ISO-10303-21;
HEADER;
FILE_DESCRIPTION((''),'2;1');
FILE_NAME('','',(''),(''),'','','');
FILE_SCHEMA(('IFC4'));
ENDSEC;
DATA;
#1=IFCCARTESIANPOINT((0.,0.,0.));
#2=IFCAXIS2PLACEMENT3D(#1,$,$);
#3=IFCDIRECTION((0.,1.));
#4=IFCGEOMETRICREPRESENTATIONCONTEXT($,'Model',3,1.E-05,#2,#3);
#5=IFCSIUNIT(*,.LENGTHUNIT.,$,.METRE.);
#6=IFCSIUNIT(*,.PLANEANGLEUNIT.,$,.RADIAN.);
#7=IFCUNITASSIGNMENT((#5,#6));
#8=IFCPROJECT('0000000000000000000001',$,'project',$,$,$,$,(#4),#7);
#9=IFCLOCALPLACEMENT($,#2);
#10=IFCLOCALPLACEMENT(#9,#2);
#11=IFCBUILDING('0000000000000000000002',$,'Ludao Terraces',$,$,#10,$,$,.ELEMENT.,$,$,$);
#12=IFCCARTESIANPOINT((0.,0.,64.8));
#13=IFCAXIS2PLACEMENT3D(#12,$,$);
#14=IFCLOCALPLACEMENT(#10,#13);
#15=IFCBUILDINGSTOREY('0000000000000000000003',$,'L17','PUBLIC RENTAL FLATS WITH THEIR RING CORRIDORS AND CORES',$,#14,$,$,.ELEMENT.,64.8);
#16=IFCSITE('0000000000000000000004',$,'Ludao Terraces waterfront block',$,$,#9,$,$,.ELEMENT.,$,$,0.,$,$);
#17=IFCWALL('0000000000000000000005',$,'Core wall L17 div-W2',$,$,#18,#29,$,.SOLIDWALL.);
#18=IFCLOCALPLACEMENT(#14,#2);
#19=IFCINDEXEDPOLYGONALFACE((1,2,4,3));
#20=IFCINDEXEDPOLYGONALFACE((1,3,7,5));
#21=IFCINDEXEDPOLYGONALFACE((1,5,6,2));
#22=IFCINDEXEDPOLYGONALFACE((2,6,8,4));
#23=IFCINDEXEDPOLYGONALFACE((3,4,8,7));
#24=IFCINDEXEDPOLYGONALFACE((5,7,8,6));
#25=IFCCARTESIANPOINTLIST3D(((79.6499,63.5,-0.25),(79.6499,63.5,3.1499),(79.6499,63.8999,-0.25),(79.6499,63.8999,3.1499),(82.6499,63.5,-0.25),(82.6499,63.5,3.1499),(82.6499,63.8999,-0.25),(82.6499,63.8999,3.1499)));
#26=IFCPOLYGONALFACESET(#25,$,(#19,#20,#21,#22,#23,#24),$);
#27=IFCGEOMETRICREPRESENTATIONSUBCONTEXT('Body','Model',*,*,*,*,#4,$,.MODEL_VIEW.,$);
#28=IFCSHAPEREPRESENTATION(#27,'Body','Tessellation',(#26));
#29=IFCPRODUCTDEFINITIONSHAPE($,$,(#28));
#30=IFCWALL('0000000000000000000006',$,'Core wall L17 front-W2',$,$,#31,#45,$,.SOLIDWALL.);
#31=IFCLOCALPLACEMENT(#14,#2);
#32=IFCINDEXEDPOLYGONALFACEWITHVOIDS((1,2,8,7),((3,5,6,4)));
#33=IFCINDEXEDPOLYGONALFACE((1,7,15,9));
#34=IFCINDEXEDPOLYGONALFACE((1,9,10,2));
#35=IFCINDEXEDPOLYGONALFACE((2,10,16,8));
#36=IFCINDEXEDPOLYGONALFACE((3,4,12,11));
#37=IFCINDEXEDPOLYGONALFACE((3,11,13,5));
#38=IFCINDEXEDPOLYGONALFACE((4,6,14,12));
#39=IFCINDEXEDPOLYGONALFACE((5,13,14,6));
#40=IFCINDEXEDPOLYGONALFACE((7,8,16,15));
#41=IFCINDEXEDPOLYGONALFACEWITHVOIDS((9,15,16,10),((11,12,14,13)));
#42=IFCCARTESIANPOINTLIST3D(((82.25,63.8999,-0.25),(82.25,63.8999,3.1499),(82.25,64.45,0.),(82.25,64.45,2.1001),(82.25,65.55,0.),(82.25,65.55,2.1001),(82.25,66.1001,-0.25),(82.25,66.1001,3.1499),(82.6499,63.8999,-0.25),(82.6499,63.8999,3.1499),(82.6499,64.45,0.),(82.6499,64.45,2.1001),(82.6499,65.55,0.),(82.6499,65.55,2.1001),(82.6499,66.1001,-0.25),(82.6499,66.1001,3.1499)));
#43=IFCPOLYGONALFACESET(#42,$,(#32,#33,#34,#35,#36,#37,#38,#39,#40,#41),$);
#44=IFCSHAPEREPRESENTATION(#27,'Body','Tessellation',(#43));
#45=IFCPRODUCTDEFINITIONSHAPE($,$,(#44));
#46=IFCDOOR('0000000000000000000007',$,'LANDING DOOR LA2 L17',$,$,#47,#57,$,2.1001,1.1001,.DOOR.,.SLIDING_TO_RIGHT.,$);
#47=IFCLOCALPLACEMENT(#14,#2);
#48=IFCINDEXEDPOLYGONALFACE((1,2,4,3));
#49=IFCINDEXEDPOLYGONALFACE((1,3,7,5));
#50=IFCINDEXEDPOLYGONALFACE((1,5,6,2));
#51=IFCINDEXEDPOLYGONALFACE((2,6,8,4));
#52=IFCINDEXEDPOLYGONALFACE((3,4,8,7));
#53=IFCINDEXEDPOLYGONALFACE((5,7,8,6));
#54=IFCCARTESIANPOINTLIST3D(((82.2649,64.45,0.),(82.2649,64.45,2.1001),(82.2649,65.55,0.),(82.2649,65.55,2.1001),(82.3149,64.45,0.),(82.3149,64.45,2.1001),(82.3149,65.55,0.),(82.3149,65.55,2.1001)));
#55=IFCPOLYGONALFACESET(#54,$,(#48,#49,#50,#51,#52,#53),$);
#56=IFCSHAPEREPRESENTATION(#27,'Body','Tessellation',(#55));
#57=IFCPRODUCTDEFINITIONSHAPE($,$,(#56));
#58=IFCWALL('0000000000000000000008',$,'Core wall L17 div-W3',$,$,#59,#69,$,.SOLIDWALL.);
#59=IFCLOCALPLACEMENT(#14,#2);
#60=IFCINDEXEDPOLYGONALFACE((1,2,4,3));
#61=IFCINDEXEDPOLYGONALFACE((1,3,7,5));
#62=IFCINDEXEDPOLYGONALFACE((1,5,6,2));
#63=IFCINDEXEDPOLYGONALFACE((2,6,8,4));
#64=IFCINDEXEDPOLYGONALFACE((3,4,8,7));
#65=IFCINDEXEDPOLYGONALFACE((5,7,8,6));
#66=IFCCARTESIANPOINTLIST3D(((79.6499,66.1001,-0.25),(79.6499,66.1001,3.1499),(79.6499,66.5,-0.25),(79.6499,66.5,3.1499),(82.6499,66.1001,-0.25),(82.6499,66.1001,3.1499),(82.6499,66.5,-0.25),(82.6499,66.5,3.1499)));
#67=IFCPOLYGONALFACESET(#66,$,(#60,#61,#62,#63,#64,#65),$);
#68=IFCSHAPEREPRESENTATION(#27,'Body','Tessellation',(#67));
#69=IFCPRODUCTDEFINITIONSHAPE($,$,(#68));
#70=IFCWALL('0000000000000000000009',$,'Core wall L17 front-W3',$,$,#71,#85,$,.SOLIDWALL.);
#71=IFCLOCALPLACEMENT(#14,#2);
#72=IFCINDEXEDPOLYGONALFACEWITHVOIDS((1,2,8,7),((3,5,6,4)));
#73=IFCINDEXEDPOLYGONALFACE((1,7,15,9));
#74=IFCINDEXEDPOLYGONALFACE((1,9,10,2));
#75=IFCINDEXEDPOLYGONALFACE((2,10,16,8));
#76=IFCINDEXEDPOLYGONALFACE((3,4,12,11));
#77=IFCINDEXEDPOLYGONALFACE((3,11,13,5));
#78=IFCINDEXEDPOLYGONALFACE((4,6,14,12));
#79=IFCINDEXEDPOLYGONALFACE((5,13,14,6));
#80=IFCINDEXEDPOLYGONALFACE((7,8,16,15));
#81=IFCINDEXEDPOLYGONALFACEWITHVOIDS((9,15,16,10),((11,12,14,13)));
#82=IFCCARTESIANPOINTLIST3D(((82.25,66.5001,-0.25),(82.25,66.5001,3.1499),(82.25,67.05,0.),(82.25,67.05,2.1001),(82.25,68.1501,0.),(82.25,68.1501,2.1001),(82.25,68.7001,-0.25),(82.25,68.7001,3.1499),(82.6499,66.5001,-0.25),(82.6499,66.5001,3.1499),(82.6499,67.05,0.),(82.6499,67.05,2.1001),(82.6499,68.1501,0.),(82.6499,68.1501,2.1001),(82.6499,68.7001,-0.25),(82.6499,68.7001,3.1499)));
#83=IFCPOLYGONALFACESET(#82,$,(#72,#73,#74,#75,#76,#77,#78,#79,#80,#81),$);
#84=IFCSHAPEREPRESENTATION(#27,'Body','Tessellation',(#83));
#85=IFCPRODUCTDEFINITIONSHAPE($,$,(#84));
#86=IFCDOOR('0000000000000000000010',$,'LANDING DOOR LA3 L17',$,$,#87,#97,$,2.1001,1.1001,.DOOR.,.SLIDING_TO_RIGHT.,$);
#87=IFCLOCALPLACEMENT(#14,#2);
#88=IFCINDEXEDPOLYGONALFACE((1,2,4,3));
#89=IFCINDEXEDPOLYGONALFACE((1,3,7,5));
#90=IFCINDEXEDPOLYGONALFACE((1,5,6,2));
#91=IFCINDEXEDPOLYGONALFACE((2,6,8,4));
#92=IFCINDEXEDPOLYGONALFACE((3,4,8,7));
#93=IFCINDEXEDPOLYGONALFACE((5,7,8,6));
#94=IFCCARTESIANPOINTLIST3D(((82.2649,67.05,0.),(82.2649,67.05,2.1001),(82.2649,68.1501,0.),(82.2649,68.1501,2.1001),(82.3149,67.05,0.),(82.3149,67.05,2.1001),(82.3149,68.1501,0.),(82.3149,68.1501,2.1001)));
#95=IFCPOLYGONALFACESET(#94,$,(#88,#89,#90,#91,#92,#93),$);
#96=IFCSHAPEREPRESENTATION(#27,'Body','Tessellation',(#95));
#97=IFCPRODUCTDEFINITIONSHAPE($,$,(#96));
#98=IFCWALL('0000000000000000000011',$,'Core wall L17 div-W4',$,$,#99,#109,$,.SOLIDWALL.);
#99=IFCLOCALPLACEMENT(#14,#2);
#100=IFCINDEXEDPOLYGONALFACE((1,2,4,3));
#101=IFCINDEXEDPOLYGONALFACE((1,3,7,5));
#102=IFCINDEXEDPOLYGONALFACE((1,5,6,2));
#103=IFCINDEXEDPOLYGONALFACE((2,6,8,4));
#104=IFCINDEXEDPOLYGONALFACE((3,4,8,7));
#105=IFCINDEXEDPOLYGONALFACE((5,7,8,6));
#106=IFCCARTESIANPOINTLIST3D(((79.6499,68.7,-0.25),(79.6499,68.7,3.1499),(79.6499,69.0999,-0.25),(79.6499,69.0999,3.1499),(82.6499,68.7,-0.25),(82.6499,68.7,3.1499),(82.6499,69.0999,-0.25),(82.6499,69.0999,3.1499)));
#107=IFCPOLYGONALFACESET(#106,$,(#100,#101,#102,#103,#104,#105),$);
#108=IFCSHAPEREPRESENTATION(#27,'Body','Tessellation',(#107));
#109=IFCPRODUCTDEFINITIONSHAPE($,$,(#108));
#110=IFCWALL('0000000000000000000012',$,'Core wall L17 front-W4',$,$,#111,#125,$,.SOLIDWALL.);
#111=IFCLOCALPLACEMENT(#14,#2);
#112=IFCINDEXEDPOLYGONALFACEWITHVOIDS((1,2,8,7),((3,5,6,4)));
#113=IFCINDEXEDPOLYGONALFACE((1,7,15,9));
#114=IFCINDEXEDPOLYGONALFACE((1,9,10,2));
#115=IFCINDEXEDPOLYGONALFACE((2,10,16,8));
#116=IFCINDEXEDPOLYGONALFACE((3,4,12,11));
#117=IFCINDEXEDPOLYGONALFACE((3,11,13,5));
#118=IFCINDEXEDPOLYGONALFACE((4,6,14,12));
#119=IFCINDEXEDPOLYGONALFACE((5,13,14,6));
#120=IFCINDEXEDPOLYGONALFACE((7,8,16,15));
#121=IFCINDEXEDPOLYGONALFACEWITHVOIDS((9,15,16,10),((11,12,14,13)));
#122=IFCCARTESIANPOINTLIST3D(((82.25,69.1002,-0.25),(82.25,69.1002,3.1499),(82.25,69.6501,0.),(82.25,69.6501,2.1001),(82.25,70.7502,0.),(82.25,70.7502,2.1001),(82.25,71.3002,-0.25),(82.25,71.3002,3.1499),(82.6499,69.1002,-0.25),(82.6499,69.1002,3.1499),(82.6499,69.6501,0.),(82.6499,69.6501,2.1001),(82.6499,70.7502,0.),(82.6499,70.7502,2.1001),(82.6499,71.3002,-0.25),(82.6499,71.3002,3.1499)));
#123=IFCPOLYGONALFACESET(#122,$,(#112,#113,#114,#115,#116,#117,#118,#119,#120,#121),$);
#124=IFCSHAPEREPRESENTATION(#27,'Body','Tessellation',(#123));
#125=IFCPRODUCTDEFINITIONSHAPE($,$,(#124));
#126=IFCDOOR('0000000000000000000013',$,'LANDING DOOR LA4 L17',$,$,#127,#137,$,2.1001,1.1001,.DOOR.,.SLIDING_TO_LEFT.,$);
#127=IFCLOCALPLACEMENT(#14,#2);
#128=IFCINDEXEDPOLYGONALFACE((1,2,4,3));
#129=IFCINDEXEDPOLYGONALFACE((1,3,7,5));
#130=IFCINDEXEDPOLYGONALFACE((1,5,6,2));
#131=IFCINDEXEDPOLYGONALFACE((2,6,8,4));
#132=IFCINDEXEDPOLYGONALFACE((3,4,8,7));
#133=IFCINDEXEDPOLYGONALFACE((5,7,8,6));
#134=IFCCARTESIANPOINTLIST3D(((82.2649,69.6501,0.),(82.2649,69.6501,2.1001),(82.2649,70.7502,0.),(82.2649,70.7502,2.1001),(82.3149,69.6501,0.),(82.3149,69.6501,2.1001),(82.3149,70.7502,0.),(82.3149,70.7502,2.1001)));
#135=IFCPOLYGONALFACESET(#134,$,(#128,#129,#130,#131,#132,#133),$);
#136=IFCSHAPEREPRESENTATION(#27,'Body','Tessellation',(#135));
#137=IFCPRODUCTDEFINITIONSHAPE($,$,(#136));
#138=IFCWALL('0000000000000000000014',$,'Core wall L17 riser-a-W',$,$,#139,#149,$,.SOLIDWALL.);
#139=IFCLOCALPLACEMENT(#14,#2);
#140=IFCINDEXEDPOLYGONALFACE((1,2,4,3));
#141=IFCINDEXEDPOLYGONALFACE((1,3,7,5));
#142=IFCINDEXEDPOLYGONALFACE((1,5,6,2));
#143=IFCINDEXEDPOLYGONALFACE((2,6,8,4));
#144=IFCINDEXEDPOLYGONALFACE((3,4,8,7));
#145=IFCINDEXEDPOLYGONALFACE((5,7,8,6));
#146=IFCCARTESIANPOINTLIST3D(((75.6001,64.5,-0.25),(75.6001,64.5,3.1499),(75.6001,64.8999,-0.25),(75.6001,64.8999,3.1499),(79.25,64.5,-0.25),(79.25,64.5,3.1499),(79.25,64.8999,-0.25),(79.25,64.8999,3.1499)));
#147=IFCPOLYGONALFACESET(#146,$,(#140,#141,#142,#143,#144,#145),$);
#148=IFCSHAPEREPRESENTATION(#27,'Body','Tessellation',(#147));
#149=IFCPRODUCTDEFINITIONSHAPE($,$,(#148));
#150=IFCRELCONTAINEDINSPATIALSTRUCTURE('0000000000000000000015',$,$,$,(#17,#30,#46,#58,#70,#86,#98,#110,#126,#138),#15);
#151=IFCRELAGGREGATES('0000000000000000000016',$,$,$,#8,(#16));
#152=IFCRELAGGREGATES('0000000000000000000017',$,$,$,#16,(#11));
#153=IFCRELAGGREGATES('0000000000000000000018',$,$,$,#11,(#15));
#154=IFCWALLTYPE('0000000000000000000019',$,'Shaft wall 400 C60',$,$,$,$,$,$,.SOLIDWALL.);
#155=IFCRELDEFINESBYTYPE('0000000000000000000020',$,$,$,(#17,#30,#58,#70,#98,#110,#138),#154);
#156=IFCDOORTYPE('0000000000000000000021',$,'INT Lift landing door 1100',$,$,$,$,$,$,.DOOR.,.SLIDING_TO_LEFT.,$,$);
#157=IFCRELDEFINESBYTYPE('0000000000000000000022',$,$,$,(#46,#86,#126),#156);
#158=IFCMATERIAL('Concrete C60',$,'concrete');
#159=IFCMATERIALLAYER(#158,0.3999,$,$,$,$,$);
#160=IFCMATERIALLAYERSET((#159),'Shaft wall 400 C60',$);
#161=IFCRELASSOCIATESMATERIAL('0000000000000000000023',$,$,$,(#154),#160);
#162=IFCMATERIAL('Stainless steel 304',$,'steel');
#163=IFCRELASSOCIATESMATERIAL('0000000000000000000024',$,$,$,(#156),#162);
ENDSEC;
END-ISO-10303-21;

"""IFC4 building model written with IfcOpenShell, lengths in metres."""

from ifc_helpers import new_model, si_unit, direction, frame, frame_2d, origin, place, context, subcontext, project, spatial, rectangle, extrude, material, layer, layer_set, type_object, element, fill, save


model = new_model("IFC4")

# Units and contexts
model_context = context("Model", 3, precision=1e-05, world=origin(), true_north=direction((0.0, 1.0)))
body_context = subcontext(model_context, "Body", "Model", "MODEL_VIEW")
ifc_project = project(units=[si_unit("LENGTHUNIT", "METRE"), si_unit("PLANEANGLEUNIT", "RADIAN")], contexts=[model_context])

# Site, building, storey
site_placement = place(None, origin())
site = spatial("IfcSite", under=ifc_project, at=site_placement, Name="Ludao Terraces waterfront block", CompositionType="ELEMENT", RefElevation=0.0)
building_placement = place(site_placement, origin())
building = spatial("IfcBuilding", under=site, at=building_placement, Name="Ludao Terraces", CompositionType="ELEMENT")
storey_placement = place(building_placement, frame((0.0, 0.0, 64.8)))
storey = spatial("IfcBuildingStorey", under=building, at=storey_placement, Name="L17", Description="PUBLIC RENTAL FLATS WITH THEIR RING CORRIDORS AND CORES", CompositionType="ELEMENT", Elevation=64.8)

# Shared definitions
ifc_material_1 = material(Name="Concrete C60", Category="concrete")
ifc_layer_1 = layer(ifc_material_1, 0.3999)
ifc_layer_set_1 = layer_set([ifc_layer_1], Name="Shaft wall 400 C60")
wall_type_1 = type_object("IfcWallType", Name="Shaft wall 400 C60", PredefinedType="SOLIDWALL", material=ifc_layer_set_1)
ifc_material_2 = material(Name="Stainless steel 304", Category="steel")
door_type_1 = type_object("IfcDoorType", Name="INT Lift landing door 1100", OperationType="SLIDING_TO_LEFT", PredefinedType="DOOR", material=ifc_material_2)

# Wall
wall_1_placement = place(storey_placement, frame((79.6499, 63.7, -0.25), z_axis=(0.0, 0.0, 1.0), x_axis=(1.0, 0.0, 0.0)))
element("IfcWall", 1, at=wall_1_placement, inside=storey, type_object=wall_type_1, Name="Core wall L17 div-W2", PredefinedType="SOLIDWALL", context=body_context, shape_type="SweptSolid", body=[
    extrude(rectangle(XDim=3.0, YDim=0.3999, at=frame_2d((1.5, 0.0))), origin(), (0.0, 0.0, 1.0), 3.3999),
])

# Wall, opening, door
wall_2_placement = place(storey_placement, frame((82.45, 63.8999, -0.25), z_axis=(0.0, 0.0, 1.0), x_axis=(0.0, 1.0, 0.0)))
wall_2 = element("IfcWall", 2, at=wall_2_placement, inside=storey, type_object=wall_type_1, Name="Core wall L17 front-W2", PredefinedType="SOLIDWALL", context=body_context, shape_type="SweptSolid", body=[
    extrude(rectangle(XDim=2.2002, YDim=0.3999, at=frame_2d((1.1001, 0.0))), origin(), (0.0, 0.0, 1.0), 3.3999),
])
opening_1_placement = place(wall_2_placement, frame((0.55, 0.0, 0.25)))
opening_1 = element("IfcOpeningElement", 3, at=opening_1_placement, cuts=wall_2, PredefinedType="OPENING", context=body_context, shape_type="SweptSolid", body=[
    extrude(rectangle(XDim=1.1001, YDim=2.1001, at=frame_2d((0.55, 1.05))), frame((0.0, 0.21, 0.0), z_axis=(0.0, -1.0, 0.0), x_axis=(1.0, 0.0, 0.0)), (0.0, 0.0, 1.0), 0.4199),
])
door_1_placement = place(opening_1_placement, origin())
door_1 = element("IfcDoor", 4, at=door_1_placement, inside=storey, type_object=door_type_1, Name="LANDING DOOR LA2 L17", OperationType="SLIDING_TO_RIGHT", OverallHeight=2.1001, OverallWidth=1.1001, PredefinedType="DOOR", context=body_context, shape_type="SweptSolid", body=[
    extrude(rectangle(XDim=1.1001, YDim=2.1001, at=frame_2d((0.55, 1.05))), frame((0.0, 0.1851, 0.0), z_axis=(0.0, -1.0, 0.0), x_axis=(1.0, 0.0, 0.0)), (0.0, 0.0, 1.0), 0.05),
])
fill(opening_1, door_1)

# Wall
wall_3_placement = place(storey_placement, frame((79.6499, 66.3, -0.25), z_axis=(0.0, 0.0, 1.0), x_axis=(1.0, 0.0, 0.0)))
element("IfcWall", 5, at=wall_3_placement, inside=storey, type_object=wall_type_1, Name="Core wall L17 div-W3", PredefinedType="SOLIDWALL", context=body_context, shape_type="SweptSolid", body=[
    extrude(rectangle(XDim=3.0, YDim=0.3999, at=frame_2d((1.5, 0.0))), origin(), (0.0, 0.0, 1.0), 3.3999),
])

# Wall, opening, door
wall_4_placement = place(storey_placement, frame((82.45, 66.5, -0.25), z_axis=(0.0, 0.0, 1.0), x_axis=(0.0, 1.0, 0.0)))
wall_4 = element("IfcWall", 6, at=wall_4_placement, inside=storey, type_object=wall_type_1, Name="Core wall L17 front-W3", PredefinedType="SOLIDWALL", context=body_context, shape_type="SweptSolid", body=[
    extrude(rectangle(XDim=2.2, YDim=0.3999, at=frame_2d((1.1001, 0.0))), origin(), (0.0, 0.0, 1.0), 3.3999),
])
opening_2_placement = place(wall_4_placement, frame((0.55, 0.0, 0.25)))
opening_2 = element("IfcOpeningElement", 7, at=opening_2_placement, cuts=wall_4, PredefinedType="OPENING", context=body_context, shape_type="SweptSolid", body=[
    extrude(rectangle(XDim=1.1001, YDim=2.1001, at=frame_2d((0.55, 1.05))), frame((0.0, 0.21, 0.0), z_axis=(0.0, -1.0, 0.0), x_axis=(1.0, 0.0, 0.0)), (0.0, 0.0, 1.0), 0.4199),
])
door_2_placement = place(opening_2_placement, origin())
door_2 = element("IfcDoor", 8, at=door_2_placement, inside=storey, type_object=door_type_1, Name="LANDING DOOR LA3 L17", OperationType="SLIDING_TO_RIGHT", OverallHeight=2.1001, OverallWidth=1.1001, PredefinedType="DOOR", context=body_context, shape_type="SweptSolid", body=[
    extrude(rectangle(XDim=1.1001, YDim=2.1001, at=frame_2d((0.55, 1.05))), frame((0.0, 0.1851, 0.0), z_axis=(0.0, -1.0, 0.0), x_axis=(1.0, 0.0, 0.0)), (0.0, 0.0, 1.0), 0.05),
])
fill(opening_2, door_2)

# Wall
wall_5_placement = place(storey_placement, frame((79.6499, 68.8999, -0.25), z_axis=(0.0, 0.0, 1.0), x_axis=(1.0, 0.0, 0.0)))
element("IfcWall", 9, at=wall_5_placement, inside=storey, type_object=wall_type_1, Name="Core wall L17 div-W4", PredefinedType="SOLIDWALL", context=body_context, shape_type="SweptSolid", body=[
    extrude(rectangle(XDim=3.0, YDim=0.3999, at=frame_2d((1.5, 0.0))), origin(), (0.0, 0.0, 1.0), 3.3999),
])

# Wall, opening, door
wall_6_placement = place(storey_placement, frame((82.45, 69.1001, -0.25), z_axis=(0.0, 0.0, 1.0), x_axis=(0.0, 1.0, 0.0)))
wall_6 = element("IfcWall", 10, at=wall_6_placement, inside=storey, type_object=wall_type_1, Name="Core wall L17 front-W4", PredefinedType="SOLIDWALL", context=body_context, shape_type="SweptSolid", body=[
    extrude(rectangle(XDim=2.2, YDim=0.3999, at=frame_2d((1.1001, 0.0))), origin(), (0.0, 0.0, 1.0), 3.3999),
])
opening_3_placement = place(wall_6_placement, frame((0.55, 0.0, 0.25)))
opening_3 = element("IfcOpeningElement", 11, at=opening_3_placement, cuts=wall_6, PredefinedType="OPENING", context=body_context, shape_type="SweptSolid", body=[
    extrude(rectangle(XDim=1.1001, YDim=2.1001, at=frame_2d((0.55, 1.05))), frame((0.0, 0.21, 0.0), z_axis=(0.0, -1.0, 0.0), x_axis=(1.0, 0.0, 0.0)), (0.0, 0.0, 1.0), 0.4199),
])
door_3_placement = place(opening_3_placement, origin())
door_3 = element("IfcDoor", 12, at=door_3_placement, inside=storey, type_object=door_type_1, Name="LANDING DOOR LA4 L17", OperationType="SLIDING_TO_LEFT", OverallHeight=2.1001, OverallWidth=1.1001, PredefinedType="DOOR", context=body_context, shape_type="SweptSolid", body=[
    extrude(rectangle(XDim=1.1001, YDim=2.1001, at=frame_2d((0.55, 1.05))), frame((0.0, 0.1851, 0.0), z_axis=(0.0, -1.0, 0.0), x_axis=(1.0, 0.0, 0.0)), (0.0, 0.0, 1.0), 0.05),
])
fill(opening_3, door_3)

# Wall
wall_7_placement = place(storey_placement, frame((75.6001, 64.7, -0.25), z_axis=(0.0, 0.0, 1.0), x_axis=(1.0, 0.0, 0.0)))
element("IfcWall", 13, at=wall_7_placement, inside=storey, type_object=wall_type_1, Name="Core wall L17 riser-a-W", PredefinedType="SOLIDWALL", context=body_context, shape_type="SweptSolid", body=[
    extrude(rectangle(XDim=3.6499, YDim=0.3999, at=frame_2d((1.825, 0.0))), origin(), (0.0, 0.0, 1.0), 3.3999),
])

save(model, "model.ifc")
